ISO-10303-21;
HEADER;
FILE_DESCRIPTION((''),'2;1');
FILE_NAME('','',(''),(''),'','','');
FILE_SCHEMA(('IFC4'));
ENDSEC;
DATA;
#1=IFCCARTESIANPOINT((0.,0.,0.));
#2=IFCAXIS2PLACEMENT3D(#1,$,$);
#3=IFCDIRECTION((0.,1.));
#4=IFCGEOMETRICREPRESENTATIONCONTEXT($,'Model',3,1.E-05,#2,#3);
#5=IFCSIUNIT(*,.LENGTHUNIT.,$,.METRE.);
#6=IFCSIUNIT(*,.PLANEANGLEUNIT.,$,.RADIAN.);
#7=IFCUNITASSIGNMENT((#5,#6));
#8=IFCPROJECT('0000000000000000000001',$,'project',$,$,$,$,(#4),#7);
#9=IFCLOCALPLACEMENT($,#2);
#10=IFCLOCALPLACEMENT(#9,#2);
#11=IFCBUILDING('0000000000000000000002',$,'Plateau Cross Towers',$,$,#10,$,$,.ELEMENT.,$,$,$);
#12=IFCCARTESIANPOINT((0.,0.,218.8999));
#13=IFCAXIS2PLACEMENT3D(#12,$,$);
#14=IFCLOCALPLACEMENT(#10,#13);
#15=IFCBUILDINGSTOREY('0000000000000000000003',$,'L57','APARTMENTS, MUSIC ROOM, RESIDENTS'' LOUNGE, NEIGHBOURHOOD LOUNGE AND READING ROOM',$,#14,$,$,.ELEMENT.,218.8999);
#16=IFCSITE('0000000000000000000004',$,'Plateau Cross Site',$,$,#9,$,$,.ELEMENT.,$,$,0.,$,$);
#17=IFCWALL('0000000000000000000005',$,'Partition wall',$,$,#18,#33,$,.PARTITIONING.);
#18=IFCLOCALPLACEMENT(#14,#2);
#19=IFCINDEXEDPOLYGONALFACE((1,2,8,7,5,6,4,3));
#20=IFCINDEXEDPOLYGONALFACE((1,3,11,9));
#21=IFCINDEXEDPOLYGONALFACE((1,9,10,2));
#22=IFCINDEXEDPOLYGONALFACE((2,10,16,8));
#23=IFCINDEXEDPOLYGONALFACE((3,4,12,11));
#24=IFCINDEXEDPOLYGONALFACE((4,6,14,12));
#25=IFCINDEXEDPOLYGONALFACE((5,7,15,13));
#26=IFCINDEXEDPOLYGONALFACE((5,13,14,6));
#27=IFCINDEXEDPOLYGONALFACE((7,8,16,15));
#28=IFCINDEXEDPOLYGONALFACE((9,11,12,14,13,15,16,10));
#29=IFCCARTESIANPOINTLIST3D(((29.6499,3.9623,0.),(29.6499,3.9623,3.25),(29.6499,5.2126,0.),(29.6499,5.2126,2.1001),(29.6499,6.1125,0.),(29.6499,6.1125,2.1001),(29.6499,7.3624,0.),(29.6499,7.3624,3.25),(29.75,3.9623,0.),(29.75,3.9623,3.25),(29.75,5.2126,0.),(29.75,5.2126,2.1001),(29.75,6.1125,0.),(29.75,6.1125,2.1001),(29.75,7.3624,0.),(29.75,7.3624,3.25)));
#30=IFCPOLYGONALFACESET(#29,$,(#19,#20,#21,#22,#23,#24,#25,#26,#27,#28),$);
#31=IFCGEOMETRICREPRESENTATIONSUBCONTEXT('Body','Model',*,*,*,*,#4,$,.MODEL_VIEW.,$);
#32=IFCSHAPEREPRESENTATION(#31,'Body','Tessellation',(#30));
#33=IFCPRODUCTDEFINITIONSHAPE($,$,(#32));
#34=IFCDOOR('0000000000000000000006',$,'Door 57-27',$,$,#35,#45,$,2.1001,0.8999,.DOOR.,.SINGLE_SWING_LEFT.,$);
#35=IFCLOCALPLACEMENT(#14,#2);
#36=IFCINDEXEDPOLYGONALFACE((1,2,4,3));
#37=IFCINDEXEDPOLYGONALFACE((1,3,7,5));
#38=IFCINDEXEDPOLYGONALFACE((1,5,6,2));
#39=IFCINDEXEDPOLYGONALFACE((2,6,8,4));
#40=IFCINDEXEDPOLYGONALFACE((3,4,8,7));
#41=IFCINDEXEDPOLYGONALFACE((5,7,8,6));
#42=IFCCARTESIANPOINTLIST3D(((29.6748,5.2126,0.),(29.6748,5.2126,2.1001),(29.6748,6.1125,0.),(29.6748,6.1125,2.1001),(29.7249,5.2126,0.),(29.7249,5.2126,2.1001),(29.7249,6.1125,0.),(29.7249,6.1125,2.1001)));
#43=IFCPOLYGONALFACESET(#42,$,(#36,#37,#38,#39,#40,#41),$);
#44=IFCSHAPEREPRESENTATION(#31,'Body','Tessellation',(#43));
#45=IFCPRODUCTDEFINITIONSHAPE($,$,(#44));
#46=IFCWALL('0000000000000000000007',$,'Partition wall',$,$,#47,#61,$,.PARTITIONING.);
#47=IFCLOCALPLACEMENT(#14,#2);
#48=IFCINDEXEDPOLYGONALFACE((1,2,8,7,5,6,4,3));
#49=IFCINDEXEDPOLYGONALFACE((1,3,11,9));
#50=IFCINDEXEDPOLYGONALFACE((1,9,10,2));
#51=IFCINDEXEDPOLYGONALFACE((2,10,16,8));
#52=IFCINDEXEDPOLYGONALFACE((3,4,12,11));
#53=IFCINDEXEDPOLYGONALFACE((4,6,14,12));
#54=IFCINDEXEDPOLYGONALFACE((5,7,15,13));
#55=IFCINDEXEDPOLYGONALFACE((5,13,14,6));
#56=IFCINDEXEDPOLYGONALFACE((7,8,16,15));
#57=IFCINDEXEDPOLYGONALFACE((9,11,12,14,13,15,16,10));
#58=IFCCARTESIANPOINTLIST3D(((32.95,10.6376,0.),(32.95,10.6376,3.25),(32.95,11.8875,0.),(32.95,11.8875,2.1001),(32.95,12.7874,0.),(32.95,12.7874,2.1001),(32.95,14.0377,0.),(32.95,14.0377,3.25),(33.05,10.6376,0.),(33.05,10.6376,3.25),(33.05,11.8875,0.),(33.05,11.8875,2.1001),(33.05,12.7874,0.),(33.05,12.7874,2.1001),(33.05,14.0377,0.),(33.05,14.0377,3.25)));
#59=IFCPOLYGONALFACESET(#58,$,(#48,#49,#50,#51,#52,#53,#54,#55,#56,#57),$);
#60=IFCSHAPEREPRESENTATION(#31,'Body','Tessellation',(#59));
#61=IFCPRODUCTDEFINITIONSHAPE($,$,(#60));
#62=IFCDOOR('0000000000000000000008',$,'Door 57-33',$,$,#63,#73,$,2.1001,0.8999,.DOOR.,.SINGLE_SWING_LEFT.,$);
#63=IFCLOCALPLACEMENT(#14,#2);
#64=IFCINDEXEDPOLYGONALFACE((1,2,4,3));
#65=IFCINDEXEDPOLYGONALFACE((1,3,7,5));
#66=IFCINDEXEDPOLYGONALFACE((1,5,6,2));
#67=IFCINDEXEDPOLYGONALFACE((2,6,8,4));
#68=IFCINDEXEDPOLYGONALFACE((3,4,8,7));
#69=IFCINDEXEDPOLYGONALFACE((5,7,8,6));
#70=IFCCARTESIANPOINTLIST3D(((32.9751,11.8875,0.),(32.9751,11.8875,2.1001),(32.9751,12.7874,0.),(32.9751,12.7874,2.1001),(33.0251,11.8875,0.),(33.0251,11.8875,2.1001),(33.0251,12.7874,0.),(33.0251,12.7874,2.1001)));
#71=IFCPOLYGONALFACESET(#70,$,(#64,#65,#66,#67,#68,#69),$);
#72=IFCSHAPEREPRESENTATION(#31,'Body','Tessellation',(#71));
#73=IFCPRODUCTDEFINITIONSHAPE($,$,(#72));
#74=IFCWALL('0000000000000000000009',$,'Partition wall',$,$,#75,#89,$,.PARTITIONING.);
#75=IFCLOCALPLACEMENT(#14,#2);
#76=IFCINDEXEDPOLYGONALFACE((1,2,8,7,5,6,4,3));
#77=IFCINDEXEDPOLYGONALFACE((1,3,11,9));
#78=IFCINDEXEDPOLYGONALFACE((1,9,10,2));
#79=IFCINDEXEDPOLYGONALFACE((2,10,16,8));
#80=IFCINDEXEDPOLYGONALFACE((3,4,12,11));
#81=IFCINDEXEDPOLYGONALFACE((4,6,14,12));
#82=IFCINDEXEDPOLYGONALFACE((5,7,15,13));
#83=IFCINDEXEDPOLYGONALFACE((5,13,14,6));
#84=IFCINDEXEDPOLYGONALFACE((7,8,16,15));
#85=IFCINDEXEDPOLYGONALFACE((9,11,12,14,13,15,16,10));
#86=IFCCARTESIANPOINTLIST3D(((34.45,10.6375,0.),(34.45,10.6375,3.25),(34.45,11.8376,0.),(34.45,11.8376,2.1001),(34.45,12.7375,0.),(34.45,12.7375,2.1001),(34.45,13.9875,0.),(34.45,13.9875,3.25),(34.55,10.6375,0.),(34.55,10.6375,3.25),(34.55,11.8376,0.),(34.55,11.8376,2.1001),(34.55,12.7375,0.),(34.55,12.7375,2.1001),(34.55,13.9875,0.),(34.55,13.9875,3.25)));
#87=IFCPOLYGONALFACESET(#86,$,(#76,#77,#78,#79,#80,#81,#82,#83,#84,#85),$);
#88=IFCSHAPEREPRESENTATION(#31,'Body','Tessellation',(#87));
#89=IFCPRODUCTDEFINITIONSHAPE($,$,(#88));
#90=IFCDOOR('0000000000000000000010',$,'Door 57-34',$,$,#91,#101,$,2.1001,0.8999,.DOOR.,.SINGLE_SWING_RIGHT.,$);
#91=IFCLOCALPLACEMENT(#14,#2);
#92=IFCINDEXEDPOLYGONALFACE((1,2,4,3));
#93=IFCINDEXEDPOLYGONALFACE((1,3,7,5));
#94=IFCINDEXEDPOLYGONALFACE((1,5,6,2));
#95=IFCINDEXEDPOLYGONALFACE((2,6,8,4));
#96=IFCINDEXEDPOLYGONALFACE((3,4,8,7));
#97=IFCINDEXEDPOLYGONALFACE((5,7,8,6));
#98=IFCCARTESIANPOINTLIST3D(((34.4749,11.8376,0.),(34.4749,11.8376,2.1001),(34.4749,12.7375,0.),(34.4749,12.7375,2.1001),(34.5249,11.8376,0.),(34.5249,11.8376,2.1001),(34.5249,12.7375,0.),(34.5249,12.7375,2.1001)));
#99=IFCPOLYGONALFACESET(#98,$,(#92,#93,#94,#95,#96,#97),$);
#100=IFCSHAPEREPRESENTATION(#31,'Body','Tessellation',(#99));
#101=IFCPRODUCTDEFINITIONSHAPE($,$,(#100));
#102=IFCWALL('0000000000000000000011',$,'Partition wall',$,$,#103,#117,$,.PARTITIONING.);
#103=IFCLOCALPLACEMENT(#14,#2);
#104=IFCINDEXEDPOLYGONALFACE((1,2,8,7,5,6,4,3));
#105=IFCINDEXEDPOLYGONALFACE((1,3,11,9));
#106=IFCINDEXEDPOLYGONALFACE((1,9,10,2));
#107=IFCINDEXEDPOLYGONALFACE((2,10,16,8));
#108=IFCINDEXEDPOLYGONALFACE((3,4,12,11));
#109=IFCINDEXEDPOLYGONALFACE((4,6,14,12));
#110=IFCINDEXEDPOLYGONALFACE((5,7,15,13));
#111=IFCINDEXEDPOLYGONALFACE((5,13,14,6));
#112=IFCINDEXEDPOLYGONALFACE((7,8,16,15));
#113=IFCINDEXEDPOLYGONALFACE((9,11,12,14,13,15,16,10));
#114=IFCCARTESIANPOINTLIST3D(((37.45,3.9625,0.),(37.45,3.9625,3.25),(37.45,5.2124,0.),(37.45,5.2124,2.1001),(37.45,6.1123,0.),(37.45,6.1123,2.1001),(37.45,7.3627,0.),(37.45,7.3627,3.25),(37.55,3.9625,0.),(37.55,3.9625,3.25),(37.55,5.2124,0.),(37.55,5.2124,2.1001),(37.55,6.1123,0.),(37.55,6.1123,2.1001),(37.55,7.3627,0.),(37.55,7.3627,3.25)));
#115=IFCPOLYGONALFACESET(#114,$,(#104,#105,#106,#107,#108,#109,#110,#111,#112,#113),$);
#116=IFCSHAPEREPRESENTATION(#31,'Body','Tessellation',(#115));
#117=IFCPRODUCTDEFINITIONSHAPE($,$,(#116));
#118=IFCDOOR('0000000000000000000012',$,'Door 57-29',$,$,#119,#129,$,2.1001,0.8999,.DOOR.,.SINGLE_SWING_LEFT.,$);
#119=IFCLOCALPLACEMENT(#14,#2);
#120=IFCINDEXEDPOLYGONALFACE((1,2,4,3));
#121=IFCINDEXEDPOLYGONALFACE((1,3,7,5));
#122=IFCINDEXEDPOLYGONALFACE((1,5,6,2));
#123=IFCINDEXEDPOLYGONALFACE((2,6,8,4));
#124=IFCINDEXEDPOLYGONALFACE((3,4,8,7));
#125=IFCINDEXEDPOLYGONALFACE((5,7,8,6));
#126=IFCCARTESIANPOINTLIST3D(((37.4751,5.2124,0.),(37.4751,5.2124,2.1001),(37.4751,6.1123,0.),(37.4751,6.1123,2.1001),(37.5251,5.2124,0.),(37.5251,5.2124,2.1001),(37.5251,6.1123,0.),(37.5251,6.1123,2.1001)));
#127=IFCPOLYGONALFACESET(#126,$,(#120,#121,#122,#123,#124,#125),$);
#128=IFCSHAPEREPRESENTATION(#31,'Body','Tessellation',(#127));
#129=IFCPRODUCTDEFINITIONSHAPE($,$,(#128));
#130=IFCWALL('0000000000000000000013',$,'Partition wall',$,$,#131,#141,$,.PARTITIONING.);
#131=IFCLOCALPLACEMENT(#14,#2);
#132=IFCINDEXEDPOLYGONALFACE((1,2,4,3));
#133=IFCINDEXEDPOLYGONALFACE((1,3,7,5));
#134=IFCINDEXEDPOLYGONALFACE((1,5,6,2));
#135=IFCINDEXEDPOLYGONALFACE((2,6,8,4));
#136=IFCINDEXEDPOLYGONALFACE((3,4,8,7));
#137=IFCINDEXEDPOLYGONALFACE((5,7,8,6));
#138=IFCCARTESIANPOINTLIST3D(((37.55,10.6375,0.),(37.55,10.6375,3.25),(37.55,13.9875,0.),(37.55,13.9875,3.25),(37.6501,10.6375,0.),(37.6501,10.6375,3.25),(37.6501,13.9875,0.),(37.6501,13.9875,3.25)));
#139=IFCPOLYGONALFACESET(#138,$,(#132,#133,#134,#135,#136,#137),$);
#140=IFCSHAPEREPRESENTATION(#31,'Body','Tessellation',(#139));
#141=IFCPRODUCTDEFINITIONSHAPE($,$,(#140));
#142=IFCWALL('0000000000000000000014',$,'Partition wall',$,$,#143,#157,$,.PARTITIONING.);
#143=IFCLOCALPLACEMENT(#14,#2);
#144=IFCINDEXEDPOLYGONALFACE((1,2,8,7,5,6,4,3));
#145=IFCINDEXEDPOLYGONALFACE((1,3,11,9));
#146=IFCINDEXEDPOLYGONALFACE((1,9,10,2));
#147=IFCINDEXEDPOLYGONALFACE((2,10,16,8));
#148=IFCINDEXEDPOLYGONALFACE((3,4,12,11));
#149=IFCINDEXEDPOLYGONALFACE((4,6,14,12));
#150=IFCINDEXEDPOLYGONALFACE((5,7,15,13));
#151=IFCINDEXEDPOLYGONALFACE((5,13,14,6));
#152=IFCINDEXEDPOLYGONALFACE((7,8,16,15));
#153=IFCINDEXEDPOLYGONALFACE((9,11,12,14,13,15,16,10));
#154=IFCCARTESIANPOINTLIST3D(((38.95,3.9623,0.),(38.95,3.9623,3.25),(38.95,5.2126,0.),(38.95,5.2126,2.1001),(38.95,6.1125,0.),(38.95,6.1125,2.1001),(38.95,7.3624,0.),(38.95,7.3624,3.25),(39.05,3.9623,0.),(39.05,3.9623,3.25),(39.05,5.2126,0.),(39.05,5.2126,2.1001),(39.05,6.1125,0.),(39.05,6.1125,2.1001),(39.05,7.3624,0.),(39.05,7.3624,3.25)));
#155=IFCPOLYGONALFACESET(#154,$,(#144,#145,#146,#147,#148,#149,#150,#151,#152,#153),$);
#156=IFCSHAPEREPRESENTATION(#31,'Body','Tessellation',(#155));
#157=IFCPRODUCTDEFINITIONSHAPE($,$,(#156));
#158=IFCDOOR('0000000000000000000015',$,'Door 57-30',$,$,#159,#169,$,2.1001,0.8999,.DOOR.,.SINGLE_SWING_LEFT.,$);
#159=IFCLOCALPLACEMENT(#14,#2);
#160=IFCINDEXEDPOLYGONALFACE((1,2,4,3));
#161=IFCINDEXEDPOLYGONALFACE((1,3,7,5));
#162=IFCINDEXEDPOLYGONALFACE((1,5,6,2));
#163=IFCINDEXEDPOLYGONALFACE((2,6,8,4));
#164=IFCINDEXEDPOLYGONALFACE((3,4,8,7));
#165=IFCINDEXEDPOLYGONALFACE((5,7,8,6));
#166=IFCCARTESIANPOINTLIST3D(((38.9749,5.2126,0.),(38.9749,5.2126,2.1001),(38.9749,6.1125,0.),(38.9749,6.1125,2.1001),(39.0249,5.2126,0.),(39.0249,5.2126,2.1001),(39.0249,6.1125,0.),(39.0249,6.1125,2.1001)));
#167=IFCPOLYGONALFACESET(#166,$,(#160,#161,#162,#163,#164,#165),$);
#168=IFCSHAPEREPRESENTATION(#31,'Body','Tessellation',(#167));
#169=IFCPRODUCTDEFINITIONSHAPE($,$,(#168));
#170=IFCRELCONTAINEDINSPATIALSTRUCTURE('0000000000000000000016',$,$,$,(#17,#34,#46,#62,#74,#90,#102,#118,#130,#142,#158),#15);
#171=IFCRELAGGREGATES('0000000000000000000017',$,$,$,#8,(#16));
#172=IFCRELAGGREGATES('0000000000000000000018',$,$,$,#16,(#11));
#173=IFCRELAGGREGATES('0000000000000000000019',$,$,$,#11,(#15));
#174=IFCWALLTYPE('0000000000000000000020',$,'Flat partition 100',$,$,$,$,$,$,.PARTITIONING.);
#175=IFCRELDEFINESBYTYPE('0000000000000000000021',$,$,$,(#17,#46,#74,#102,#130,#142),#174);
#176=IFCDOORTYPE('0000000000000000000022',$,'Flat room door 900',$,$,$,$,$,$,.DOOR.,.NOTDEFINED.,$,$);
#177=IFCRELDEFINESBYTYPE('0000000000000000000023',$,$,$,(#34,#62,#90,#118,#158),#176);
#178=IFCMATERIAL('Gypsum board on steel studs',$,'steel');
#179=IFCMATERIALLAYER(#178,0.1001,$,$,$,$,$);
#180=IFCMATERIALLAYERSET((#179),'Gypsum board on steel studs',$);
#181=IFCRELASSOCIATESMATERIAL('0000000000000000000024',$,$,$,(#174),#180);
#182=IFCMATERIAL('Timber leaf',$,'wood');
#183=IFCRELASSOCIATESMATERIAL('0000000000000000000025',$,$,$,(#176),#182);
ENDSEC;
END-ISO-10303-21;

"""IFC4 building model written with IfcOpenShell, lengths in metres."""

from ifc_helpers import new_model, si_unit, direction, frame, frame_2d, origin, place, context, subcontext, project, spatial, rectangle, extrude, material, layer, layer_set, type_object, element, fill, save


model = new_model("IFC4")

# Units and contexts
model_context = context("Model", 3, precision=1e-05, world=origin(), true_north=direction((0.0, 1.0)))
body_context = subcontext(model_context, "Body", "Model", "MODEL_VIEW")
ifc_project = project(units=[si_unit("LENGTHUNIT", "METRE"), si_unit("PLANEANGLEUNIT", "RADIAN")], contexts=[model_context])

# Site, building, storey
site_placement = place(None, origin())
site = spatial("IfcSite", under=ifc_project, at=site_placement, Name="Plateau Cross Site", CompositionType="ELEMENT", RefElevation=0.0)
building_placement = place(site_placement, origin())
building = spatial("IfcBuilding", under=site, at=building_placement, Name="Plateau Cross Towers", CompositionType="ELEMENT")
storey_placement = place(building_placement, frame((0.0, 0.0, 218.8999)))
storey = spatial("IfcBuildingStorey", under=building, at=storey_placement, Name="L57", Description="APARTMENTS, MUSIC ROOM, RESIDENTS' LOUNGE, NEIGHBOURHOOD LOUNGE AND READING ROOM", CompositionType="ELEMENT", Elevation=218.8999)

# Shared definitions
ifc_material_1 = material(Name="Gypsum board on steel studs", Category="steel")
ifc_layer_1 = layer(ifc_material_1, 0.1001)
ifc_layer_set_1 = layer_set([ifc_layer_1], Name="Gypsum board on steel studs")
wall_type_1 = type_object("IfcWallType", Name="Flat partition 100", PredefinedType="PARTITIONING", material=ifc_layer_set_1)
ifc_material_2 = material(Name="Timber leaf", Category="wood")
door_type_1 = type_object("IfcDoorType", Name="Flat room door 900", OperationType="NOTDEFINED", PredefinedType="DOOR", material=ifc_material_2)

# Walls, openings, doors
wall_1_placement = place(storey_placement, frame((29.7, 7.3625, 0.0), z_axis=(0.0, 0.0, 1.0), x_axis=(0.0, -1.0, 0.0)))
wall_1 = element("IfcWall", 1, at=wall_1_placement, inside=storey, type_object=wall_type_1, Name="Partition wall", PredefinedType="PARTITIONING", context=body_context, shape_type="SweptSolid", body=[
    extrude(rectangle(XDim=3.4001, YDim=0.1001, at=frame_2d((1.7002, 0.0))), origin(), (0.0, 0.0, 1.0), 3.25),
])
opening_1_placement = place(wall_1_placement, frame((1.25, 0.0, 0.0)))
opening_1 = element("IfcOpeningElement", 2, at=opening_1_placement, cuts=wall_1, PredefinedType="OPENING", context=body_context, shape_type="SweptSolid", body=[
    extrude(rectangle(XDim=0.8999, YDim=2.1001, at=frame_2d((0.45, 1.05))), frame((0.0, 0.0601, 0.0), z_axis=(0.0, -1.0, 0.0), x_axis=(1.0, 0.0, 0.0)), (0.0, 0.0, 1.0), 0.1201),
])
door_1_placement = place(opening_1_placement, origin())
door_1 = element("IfcDoor", 3, at=door_1_placement, inside=storey, type_object=door_type_1, Name="Door 57-27", OperationType="SINGLE_SWING_LEFT", OverallHeight=2.1001, OverallWidth=0.8999, PredefinedType="DOOR", context=body_context, shape_type="SweptSolid", body=[
    extrude(rectangle(XDim=0.8999, YDim=2.1001, at=frame_2d((0.45, 1.05))), frame((0.0, 0.0249, 0.0), z_axis=(0.0, -1.0, 0.0), x_axis=(1.0, 0.0, 0.0)), (0.0, 0.0, 1.0), 0.05),
])
fill(opening_1, door_1)
wall_2_placement = place(storey_placement, frame((33.0, 10.6375, 0.0), z_axis=(0.0, 0.0, 1.0), x_axis=(0.0, 1.0, 0.0)))
wall_2 = element("IfcWall", 4, at=wall_2_placement, inside=storey, type_object=wall_type_1, Name="Partition wall", PredefinedType="PARTITIONING", context=body_context, shape_type="SweptSolid", body=[
    extrude(rectangle(XDim=3.4001, YDim=0.1001, at=frame_2d((1.7002, 0.0))), origin(), (0.0, 0.0, 1.0), 3.25),
])
opening_2_placement = place(wall_2_placement, frame((1.25, 0.0, 0.0)))
opening_2 = element("IfcOpeningElement", 5, at=opening_2_placement, cuts=wall_2, PredefinedType="OPENING", context=body_context, shape_type="SweptSolid", body=[
    extrude(rectangle(XDim=0.8999, YDim=2.1001, at=frame_2d((0.45, 1.05))), frame((0.0, 0.0601, 0.0), z_axis=(0.0, -1.0, 0.0), x_axis=(1.0, 0.0, 0.0)), (0.0, 0.0, 1.0), 0.1201),
])
door_2_placement = place(opening_2_placement, origin())
door_2 = element("IfcDoor", 6, at=door_2_placement, inside=storey, type_object=door_type_1, Name="Door 57-33", OperationType="SINGLE_SWING_LEFT", OverallHeight=2.1001, OverallWidth=0.8999, PredefinedType="DOOR", context=body_context, shape_type="SweptSolid", body=[
    extrude(rectangle(XDim=0.8999, YDim=2.1001, at=frame_2d((0.45, 1.05))), frame((0.0, 0.0249, 0.0), z_axis=(0.0, -1.0, 0.0), x_axis=(1.0, 0.0, 0.0)), (0.0, 0.0, 1.0), 0.05),
])
fill(opening_2, door_2)
wall_3_placement = place(storey_placement, frame((34.5, 13.9875, 0.0), z_axis=(0.0, 0.0, 1.0), x_axis=(0.0, -1.0, 0.0)))
wall_3 = element("IfcWall", 7, at=wall_3_placement, inside=storey, type_object=wall_type_1, Name="Partition wall", PredefinedType="PARTITIONING", context=body_context, shape_type="SweptSolid", body=[
    extrude(rectangle(XDim=3.3501, YDim=0.1001, at=frame_2d((1.675, 0.0))), origin(), (0.0, 0.0, 1.0), 3.25),
])
opening_3_placement = place(wall_3_placement, frame((1.25, 0.0, 0.0)))
opening_3 = element("IfcOpeningElement", 8, at=opening_3_placement, cuts=wall_3, PredefinedType="OPENING", context=body_context, shape_type="SweptSolid", body=[
    extrude(rectangle(XDim=0.8999, YDim=2.1001, at=frame_2d((0.45, 1.05))), frame((0.0, 0.0601, 0.0), z_axis=(0.0, -1.0, 0.0), x_axis=(1.0, 0.0, 0.0)), (0.0, 0.0, 1.0), 0.1201),
])
door_3_placement = place(opening_3_placement, origin())
door_3 = element("IfcDoor", 9, at=door_3_placement, inside=storey, type_object=door_type_1, Name="Door 57-34", OperationType="SINGLE_SWING_RIGHT", OverallHeight=2.1001, OverallWidth=0.8999, PredefinedType="DOOR", context=body_context, shape_type="SweptSolid", body=[
    extrude(rectangle(XDim=0.8999, YDim=2.1001, at=frame_2d((0.45, 1.05))), frame((0.0, 0.0249, 0.0), z_axis=(0.0, -1.0, 0.0), x_axis=(1.0, 0.0, 0.0)), (0.0, 0.0, 1.0), 0.05),
])
fill(opening_3, door_3)
wall_4_placement = place(storey_placement, frame((37.5, 3.9624, 0.0), z_axis=(0.0, 0.0, 1.0), x_axis=(0.0, 1.0, 0.0)))
wall_4 = element("IfcWall", 10, at=wall_4_placement, inside=storey, type_object=wall_type_1, Name="Partition wall", PredefinedType="PARTITIONING", context=body_context, shape_type="SweptSolid", body=[
    extrude(rectangle(XDim=3.4001, YDim=0.1001, at=frame_2d((1.7002, 0.0))), origin(), (0.0, 0.0, 1.0), 3.25),
])
opening_4_placement = place(wall_4_placement, frame((1.25, 0.0, 0.0)))
opening_4 = element("IfcOpeningElement", 11, at=opening_4_placement, cuts=wall_4, PredefinedType="OPENING", context=body_context, shape_type="SweptSolid", body=[
    extrude(rectangle(XDim=0.8999, YDim=2.1001, at=frame_2d((0.45, 1.05))), frame((0.0, 0.0601, 0.0), z_axis=(0.0, -1.0, 0.0), x_axis=(1.0, 0.0, 0.0)), (0.0, 0.0, 1.0), 0.1201),
])
door_4_placement = place(opening_4_placement, origin())
door_4 = element("IfcDoor", 12, at=door_4_placement, inside=storey, type_object=door_type_1, Name="Door 57-29", OperationType="SINGLE_SWING_LEFT", OverallHeight=2.1001, OverallWidth=0.8999, PredefinedType="DOOR", context=body_context, shape_type="SweptSolid", body=[
    extrude(rectangle(XDim=0.8999, YDim=2.1001, at=frame_2d((0.45, 1.05))), frame((0.0, 0.0249, 0.0), z_axis=(0.0, -1.0, 0.0), x_axis=(1.0, 0.0, 0.0)), (0.0, 0.0, 1.0), 0.05),
])
fill(opening_4, door_4)

# Wall
wall_5_placement = place(storey_placement, frame((37.6001, 10.6375, 0.0), z_axis=(0.0, 0.0, 1.0), x_axis=(0.0, 1.0, 0.0)))
element("IfcWall", 13, at=wall_5_placement, inside=storey, type_object=wall_type_1, Name="Partition wall", PredefinedType="PARTITIONING", context=body_context, shape_type="SweptSolid", body=[
    extrude(rectangle(XDim=3.3501, YDim=0.1001, at=frame_2d((1.675, 0.0))), origin(), (0.0, 0.0, 1.0), 3.25),
])

# Wall, opening, door
wall_6_placement = place(storey_placement, frame((39.0, 7.3625, 0.0), z_axis=(0.0, 0.0, 1.0), x_axis=(0.0, -1.0, 0.0)))
wall_6 = element("IfcWall", 14, at=wall_6_placement, inside=storey, type_object=wall_type_1, Name="Partition wall", PredefinedType="PARTITIONING", context=body_context, shape_type="SweptSolid", body=[
    extrude(rectangle(XDim=3.4001, YDim=0.1001, at=frame_2d((1.7002, 0.0))), origin(), (0.0, 0.0, 1.0), 3.25),
])
opening_5_placement = place(wall_6_placement, frame((1.25, 0.0, 0.0)))
opening_5 = element("IfcOpeningElement", 15, at=opening_5_placement, cuts=wall_6, PredefinedType="OPENING", context=body_context, shape_type="SweptSolid", body=[
    extrude(rectangle(XDim=0.8999, YDim=2.1001, at=frame_2d((0.45, 1.05))), frame((0.0, 0.0601, 0.0), z_axis=(0.0, -1.0, 0.0), x_axis=(1.0, 0.0, 0.0)), (0.0, 0.0, 1.0), 0.1201),
])
door_5_placement = place(opening_5_placement, origin())
door_5 = element("IfcDoor", 16, at=door_5_placement, inside=storey, type_object=door_type_1, Name="Door 57-30", OperationType="SINGLE_SWING_LEFT", OverallHeight=2.1001, OverallWidth=0.8999, PredefinedType="DOOR", context=body_context, shape_type="SweptSolid", body=[
    extrude(rectangle(XDim=0.8999, YDim=2.1001, at=frame_2d((0.45, 1.05))), frame((0.0, 0.0249, 0.0), z_axis=(0.0, -1.0, 0.0), x_axis=(1.0, 0.0, 0.0)), (0.0, 0.0, 1.0), 0.05),
])
fill(opening_5, door_5)

save(model, "model.ifc")
